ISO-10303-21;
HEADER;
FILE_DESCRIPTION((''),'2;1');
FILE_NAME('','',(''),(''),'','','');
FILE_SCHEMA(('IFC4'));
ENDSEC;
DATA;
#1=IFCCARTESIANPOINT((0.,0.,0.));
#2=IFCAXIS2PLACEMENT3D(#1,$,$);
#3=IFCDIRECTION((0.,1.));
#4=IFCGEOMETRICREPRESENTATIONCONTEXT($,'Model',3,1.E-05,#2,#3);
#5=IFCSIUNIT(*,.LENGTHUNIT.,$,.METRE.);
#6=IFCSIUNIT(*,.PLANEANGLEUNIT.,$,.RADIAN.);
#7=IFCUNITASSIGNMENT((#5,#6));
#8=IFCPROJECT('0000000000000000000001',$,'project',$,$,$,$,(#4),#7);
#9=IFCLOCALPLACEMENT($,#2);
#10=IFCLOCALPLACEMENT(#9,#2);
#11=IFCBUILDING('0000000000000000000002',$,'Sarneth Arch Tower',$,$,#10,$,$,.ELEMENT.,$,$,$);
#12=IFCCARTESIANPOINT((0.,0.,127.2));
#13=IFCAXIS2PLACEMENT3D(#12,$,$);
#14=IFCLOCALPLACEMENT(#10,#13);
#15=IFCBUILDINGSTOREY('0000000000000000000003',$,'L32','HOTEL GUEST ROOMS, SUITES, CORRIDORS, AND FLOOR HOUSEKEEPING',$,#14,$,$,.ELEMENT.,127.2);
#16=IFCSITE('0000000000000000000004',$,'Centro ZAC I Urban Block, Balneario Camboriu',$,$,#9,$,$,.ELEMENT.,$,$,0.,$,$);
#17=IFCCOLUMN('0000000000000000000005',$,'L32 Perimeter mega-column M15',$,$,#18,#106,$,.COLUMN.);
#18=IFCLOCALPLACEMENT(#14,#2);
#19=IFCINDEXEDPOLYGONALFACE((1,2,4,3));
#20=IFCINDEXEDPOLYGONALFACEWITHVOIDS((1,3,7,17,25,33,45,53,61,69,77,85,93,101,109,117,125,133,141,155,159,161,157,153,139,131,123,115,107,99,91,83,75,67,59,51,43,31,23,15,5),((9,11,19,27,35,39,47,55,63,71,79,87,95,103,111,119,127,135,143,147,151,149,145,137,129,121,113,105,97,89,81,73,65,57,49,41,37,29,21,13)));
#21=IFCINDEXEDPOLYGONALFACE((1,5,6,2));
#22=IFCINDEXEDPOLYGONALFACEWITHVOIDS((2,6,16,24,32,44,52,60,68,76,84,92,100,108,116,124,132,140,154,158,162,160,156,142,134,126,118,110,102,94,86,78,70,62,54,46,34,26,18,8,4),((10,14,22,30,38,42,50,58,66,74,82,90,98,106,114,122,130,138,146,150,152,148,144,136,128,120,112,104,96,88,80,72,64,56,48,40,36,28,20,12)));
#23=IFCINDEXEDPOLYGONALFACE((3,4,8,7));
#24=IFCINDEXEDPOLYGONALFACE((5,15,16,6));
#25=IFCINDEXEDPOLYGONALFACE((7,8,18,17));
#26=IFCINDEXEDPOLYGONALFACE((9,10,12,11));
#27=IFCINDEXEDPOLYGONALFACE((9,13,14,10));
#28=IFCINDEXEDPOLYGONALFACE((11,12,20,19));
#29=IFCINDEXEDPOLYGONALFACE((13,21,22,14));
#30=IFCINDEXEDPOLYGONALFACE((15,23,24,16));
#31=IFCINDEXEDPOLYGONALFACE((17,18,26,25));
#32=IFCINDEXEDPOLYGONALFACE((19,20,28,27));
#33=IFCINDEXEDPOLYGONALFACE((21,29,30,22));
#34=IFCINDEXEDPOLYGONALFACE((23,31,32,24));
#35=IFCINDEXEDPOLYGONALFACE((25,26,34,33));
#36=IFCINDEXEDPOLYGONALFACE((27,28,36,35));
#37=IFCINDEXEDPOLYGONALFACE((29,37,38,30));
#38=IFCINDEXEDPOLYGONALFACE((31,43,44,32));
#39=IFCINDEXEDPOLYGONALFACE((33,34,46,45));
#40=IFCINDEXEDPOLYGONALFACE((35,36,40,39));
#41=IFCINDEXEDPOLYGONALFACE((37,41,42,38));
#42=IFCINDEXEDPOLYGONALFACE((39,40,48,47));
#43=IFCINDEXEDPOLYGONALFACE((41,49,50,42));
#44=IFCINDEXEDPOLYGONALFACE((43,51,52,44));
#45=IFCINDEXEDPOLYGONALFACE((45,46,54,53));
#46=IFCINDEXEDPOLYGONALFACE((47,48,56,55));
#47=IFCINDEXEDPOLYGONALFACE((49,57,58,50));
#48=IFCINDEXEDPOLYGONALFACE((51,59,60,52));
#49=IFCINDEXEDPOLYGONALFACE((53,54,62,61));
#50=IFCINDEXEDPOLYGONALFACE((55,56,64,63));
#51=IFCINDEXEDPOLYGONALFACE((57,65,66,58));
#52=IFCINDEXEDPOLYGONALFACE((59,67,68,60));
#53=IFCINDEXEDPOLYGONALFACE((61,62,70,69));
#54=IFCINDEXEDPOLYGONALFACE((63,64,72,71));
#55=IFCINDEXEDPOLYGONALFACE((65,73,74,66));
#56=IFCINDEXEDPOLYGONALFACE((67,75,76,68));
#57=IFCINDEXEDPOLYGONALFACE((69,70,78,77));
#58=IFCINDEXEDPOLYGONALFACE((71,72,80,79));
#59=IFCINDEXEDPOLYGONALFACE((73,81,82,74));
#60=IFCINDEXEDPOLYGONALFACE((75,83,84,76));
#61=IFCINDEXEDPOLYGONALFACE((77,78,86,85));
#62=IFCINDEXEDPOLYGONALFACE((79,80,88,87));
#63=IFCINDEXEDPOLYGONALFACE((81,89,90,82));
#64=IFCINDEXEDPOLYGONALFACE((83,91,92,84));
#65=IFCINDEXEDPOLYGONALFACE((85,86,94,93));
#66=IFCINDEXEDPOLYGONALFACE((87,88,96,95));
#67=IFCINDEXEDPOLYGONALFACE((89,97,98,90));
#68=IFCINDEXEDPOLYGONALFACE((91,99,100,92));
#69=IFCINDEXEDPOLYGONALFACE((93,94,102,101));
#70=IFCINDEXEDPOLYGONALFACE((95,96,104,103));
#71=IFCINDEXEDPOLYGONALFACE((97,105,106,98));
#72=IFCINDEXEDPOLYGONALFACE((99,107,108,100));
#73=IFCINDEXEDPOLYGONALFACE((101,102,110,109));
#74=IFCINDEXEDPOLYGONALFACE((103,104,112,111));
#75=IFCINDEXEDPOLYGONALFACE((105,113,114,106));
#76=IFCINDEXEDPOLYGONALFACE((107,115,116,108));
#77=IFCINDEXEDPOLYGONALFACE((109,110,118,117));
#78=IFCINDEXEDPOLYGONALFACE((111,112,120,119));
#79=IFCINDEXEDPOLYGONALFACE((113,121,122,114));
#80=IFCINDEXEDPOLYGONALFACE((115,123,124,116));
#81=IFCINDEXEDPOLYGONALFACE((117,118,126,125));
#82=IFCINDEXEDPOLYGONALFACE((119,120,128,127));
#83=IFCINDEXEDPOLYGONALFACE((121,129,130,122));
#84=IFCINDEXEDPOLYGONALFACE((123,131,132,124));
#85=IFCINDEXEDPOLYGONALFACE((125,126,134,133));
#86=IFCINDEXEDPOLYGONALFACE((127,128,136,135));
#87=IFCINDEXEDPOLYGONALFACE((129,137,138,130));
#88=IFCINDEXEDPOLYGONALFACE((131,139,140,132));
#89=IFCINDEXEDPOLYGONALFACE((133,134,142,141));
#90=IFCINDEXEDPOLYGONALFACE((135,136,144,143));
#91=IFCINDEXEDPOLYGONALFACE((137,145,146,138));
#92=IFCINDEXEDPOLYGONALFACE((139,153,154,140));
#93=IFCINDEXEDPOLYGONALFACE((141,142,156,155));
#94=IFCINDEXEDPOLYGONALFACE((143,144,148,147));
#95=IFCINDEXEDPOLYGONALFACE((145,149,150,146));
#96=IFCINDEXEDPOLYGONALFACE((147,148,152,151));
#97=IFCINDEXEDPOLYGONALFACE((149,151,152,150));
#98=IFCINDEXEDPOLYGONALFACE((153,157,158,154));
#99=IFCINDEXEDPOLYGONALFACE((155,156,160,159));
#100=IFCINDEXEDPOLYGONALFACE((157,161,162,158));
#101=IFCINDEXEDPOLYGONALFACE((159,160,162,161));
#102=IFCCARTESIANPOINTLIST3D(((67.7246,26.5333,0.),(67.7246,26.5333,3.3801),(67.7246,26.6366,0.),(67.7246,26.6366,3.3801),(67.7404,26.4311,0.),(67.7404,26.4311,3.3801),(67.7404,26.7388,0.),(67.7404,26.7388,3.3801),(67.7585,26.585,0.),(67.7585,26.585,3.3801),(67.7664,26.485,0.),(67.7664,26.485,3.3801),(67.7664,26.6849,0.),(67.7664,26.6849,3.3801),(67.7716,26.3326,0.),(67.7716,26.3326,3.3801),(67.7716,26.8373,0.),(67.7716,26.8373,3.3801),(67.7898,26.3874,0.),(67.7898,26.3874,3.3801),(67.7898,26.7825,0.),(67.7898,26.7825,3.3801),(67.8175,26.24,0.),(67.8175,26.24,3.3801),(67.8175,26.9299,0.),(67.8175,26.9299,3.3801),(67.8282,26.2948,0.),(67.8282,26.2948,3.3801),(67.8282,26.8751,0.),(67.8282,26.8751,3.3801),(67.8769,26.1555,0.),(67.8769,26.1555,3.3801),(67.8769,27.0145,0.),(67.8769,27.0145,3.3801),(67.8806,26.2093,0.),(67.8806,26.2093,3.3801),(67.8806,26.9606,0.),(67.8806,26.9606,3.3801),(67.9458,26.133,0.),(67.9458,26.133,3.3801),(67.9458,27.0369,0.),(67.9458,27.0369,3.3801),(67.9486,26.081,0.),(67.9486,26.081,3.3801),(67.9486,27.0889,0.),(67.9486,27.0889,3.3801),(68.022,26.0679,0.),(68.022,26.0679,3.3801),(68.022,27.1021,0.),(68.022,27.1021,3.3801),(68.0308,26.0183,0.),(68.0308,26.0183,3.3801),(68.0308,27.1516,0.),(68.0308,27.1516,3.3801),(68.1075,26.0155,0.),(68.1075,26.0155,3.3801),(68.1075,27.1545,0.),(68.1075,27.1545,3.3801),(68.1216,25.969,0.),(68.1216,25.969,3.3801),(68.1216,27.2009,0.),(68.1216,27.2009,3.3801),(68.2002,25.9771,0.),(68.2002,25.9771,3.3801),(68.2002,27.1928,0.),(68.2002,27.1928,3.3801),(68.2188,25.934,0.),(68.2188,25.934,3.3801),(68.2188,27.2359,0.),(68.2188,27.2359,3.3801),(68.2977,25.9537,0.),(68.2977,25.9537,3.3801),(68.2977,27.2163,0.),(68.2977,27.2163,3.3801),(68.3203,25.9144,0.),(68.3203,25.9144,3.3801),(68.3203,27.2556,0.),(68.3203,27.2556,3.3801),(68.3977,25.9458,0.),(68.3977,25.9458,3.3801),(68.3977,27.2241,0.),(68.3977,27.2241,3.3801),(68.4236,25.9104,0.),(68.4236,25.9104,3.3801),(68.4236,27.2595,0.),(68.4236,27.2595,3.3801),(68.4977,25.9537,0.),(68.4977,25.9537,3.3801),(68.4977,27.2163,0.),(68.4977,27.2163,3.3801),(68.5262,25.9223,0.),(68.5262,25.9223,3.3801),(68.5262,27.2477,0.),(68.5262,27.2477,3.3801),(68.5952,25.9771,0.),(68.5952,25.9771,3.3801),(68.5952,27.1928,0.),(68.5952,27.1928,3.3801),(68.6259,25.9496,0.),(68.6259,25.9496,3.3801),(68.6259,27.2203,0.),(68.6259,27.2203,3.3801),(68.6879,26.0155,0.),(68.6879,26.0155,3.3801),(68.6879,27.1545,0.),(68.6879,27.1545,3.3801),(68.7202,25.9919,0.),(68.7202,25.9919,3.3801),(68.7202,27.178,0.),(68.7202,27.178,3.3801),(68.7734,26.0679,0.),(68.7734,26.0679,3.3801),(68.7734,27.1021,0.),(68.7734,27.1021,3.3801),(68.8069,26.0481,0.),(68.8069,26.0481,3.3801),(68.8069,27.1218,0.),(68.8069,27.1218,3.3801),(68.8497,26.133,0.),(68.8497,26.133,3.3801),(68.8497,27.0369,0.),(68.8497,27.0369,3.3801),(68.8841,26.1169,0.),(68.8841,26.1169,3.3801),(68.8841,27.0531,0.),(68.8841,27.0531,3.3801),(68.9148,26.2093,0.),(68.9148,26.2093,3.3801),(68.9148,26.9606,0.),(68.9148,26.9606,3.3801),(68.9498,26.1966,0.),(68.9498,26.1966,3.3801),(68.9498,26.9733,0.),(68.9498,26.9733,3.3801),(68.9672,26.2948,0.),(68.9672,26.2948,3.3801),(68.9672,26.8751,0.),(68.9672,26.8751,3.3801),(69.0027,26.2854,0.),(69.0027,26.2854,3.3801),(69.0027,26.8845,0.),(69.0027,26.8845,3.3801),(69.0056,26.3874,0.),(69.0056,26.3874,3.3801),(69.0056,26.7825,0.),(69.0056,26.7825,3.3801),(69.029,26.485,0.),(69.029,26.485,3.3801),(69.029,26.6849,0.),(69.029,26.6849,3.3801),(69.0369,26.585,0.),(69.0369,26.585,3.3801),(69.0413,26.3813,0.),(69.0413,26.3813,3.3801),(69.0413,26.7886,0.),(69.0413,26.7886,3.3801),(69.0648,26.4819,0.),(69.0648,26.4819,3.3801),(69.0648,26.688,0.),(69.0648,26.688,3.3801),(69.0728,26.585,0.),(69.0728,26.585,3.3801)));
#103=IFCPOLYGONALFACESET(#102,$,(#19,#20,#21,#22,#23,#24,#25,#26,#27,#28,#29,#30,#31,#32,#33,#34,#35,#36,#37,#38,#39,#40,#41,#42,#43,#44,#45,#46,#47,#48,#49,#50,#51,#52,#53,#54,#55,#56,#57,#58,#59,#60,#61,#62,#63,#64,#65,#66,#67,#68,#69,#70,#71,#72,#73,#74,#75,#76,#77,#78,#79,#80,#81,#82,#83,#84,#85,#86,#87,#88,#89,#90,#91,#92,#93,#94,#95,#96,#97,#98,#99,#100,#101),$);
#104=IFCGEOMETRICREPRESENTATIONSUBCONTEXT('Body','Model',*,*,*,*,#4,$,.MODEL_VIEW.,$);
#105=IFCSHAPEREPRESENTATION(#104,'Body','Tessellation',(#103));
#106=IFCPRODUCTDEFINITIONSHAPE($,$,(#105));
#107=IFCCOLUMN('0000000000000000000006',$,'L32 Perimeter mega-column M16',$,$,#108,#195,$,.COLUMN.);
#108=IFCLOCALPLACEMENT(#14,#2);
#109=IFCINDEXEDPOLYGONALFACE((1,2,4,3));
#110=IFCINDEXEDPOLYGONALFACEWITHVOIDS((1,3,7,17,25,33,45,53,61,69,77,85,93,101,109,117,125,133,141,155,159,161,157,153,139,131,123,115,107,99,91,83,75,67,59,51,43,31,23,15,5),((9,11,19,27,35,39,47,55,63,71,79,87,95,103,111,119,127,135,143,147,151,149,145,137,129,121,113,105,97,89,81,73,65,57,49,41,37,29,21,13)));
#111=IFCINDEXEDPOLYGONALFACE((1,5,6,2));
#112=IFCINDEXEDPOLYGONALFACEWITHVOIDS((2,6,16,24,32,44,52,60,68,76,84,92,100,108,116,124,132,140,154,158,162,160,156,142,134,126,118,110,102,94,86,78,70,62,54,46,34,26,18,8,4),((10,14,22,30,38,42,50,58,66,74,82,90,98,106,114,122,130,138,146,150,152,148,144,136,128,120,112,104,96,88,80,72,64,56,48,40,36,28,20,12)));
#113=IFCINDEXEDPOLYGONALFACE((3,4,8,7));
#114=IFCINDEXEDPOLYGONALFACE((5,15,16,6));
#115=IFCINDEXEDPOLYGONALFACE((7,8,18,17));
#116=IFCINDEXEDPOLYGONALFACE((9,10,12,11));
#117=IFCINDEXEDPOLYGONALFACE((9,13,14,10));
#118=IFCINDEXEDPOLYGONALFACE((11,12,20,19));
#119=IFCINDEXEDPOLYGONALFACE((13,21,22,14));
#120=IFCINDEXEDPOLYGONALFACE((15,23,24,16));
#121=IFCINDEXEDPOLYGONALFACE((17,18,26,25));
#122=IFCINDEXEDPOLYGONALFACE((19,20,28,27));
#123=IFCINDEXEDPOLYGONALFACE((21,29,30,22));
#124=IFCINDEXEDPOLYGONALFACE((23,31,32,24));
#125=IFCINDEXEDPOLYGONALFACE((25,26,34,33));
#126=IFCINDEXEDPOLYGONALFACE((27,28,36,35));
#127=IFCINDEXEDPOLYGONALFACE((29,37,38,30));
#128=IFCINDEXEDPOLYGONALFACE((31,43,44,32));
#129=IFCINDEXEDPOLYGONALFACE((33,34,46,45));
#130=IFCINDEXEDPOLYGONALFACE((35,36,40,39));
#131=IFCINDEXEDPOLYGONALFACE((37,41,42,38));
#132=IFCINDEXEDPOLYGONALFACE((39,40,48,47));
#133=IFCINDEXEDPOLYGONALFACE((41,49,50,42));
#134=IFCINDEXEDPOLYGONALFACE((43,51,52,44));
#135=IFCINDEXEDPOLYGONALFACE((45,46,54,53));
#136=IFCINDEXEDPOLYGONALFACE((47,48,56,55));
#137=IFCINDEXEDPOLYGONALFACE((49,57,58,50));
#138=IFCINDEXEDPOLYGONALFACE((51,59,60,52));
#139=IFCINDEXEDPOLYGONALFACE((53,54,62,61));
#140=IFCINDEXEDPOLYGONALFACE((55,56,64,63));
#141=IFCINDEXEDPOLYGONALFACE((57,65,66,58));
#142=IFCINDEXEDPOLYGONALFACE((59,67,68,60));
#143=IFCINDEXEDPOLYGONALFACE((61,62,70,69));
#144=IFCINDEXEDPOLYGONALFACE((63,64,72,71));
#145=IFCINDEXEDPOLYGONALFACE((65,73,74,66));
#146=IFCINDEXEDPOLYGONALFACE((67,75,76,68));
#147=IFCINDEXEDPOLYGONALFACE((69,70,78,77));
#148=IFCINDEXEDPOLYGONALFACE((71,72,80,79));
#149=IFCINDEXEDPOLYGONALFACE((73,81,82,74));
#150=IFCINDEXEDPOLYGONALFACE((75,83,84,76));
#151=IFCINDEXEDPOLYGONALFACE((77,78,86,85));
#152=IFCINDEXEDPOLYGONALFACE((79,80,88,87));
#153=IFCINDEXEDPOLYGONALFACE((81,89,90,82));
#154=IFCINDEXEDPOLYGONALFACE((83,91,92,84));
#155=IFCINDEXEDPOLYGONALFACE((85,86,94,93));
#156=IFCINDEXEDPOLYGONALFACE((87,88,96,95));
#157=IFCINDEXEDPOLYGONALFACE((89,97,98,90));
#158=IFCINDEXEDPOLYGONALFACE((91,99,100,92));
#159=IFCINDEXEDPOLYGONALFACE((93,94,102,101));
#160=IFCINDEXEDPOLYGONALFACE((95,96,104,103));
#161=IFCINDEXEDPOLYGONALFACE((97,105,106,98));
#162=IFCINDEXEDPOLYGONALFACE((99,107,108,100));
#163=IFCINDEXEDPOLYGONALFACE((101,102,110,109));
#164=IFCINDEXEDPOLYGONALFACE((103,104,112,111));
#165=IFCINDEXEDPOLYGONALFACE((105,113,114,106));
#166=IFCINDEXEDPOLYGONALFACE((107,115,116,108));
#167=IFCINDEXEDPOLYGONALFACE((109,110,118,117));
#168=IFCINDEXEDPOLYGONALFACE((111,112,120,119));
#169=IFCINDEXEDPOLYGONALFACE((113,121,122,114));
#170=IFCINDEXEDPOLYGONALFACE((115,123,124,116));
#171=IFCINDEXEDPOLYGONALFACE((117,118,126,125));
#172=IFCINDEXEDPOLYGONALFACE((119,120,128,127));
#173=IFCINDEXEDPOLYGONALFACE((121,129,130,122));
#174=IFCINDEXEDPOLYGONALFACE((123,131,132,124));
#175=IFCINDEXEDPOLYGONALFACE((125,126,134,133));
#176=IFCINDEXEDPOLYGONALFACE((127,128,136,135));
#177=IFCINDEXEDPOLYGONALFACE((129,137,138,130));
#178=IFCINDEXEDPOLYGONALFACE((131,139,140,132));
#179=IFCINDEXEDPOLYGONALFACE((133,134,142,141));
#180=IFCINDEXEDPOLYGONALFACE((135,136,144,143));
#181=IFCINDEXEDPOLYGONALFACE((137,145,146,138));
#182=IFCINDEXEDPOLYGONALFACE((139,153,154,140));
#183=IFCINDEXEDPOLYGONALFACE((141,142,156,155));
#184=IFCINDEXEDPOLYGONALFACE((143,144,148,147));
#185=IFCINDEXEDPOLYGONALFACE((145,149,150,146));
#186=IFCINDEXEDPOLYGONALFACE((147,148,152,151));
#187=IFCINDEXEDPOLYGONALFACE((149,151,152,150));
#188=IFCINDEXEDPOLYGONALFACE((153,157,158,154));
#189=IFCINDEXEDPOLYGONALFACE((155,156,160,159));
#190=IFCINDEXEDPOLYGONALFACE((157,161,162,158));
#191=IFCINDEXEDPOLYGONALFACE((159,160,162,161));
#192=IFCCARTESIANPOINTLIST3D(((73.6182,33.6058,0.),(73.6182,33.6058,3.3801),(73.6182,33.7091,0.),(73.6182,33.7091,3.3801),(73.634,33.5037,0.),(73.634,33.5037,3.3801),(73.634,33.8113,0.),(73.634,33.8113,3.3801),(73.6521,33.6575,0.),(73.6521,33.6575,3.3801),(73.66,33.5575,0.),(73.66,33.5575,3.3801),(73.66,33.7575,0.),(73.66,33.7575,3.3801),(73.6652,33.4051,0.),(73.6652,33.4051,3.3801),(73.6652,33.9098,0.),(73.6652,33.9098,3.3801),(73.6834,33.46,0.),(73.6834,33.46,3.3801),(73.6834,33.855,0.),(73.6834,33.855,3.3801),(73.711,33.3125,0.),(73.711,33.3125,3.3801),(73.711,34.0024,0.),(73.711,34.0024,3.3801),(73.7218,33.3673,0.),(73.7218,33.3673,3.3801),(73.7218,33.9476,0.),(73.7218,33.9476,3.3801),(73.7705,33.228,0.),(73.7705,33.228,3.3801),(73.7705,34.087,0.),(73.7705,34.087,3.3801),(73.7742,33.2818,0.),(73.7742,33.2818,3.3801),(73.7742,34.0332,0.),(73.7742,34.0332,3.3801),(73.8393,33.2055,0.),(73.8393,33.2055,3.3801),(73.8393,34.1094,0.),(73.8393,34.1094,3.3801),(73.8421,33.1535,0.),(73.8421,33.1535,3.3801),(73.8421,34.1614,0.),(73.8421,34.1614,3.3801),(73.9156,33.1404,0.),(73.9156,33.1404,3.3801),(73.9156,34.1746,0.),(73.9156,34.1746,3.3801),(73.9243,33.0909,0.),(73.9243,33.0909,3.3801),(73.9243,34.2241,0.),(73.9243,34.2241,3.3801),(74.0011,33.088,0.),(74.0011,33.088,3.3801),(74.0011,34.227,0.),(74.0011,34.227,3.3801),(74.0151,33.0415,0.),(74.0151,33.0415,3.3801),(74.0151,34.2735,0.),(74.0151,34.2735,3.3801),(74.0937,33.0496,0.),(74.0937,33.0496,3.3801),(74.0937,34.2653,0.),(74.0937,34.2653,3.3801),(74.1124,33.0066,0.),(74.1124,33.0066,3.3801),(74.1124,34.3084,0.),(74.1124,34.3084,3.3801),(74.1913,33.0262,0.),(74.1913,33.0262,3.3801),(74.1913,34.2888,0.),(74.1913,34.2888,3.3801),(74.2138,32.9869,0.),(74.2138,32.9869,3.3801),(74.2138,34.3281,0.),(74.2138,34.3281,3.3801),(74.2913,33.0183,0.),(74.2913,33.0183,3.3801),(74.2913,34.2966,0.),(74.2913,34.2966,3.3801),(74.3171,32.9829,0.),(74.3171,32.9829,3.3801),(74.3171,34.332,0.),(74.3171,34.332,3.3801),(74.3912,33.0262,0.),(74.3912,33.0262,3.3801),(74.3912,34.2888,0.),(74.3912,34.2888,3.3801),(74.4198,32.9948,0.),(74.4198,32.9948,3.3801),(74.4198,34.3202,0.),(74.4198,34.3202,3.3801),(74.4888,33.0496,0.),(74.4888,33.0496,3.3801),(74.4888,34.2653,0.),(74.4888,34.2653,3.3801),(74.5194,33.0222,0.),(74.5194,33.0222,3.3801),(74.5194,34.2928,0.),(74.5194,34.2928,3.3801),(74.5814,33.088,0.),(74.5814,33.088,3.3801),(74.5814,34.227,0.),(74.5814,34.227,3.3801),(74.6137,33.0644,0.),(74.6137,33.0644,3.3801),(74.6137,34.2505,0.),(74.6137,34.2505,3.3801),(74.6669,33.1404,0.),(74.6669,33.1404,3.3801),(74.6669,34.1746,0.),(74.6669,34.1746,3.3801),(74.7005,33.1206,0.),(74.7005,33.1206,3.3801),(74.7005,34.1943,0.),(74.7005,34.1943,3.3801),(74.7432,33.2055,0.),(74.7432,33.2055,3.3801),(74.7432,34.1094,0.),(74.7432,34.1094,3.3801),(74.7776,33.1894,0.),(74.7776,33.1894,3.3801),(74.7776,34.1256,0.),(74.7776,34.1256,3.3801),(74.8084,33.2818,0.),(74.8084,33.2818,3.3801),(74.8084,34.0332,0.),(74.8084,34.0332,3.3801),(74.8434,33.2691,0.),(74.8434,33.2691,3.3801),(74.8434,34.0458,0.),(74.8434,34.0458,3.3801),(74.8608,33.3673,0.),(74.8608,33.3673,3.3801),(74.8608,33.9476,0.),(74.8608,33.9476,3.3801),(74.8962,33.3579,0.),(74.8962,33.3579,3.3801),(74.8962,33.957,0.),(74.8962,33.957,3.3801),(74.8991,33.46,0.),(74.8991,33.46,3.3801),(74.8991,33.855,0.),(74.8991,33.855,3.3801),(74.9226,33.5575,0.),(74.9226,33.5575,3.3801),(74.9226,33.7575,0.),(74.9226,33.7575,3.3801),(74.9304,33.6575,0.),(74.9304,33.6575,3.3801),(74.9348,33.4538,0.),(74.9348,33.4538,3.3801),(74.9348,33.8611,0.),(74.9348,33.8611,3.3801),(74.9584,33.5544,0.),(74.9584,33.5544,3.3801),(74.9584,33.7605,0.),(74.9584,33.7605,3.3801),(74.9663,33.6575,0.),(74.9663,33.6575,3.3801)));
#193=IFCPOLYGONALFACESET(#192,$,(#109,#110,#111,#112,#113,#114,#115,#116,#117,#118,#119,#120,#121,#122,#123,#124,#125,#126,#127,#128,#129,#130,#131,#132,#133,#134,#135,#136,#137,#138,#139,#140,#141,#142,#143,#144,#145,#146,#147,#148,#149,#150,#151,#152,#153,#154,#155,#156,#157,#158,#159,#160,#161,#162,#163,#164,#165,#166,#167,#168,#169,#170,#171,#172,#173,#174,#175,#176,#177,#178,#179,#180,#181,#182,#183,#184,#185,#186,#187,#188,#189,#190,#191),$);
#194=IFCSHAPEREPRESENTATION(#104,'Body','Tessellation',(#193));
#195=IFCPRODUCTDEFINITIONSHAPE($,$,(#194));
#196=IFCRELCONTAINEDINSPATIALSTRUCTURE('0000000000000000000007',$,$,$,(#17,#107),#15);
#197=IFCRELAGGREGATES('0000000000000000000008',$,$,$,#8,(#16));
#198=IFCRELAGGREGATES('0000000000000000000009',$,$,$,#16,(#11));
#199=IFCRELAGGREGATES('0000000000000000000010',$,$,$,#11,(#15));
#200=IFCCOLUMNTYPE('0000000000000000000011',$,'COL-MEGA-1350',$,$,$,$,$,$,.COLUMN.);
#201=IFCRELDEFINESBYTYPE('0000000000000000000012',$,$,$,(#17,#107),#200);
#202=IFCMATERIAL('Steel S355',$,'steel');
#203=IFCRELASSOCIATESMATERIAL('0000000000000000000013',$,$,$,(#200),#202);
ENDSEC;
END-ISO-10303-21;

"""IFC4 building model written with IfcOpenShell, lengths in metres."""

from ifc_helpers import new_model, si_unit, direction, frame, origin, origin_2d, place, context, subcontext, project, spatial, hollow_circle, extrude, material, material_profile, profile_set, type_object, element, save


model = new_model("IFC4")

# Units and contexts
model_context = context("Model", 3, precision=1e-05, world=origin(), true_north=direction((0.0, 1.0)))
body_context = subcontext(model_context, "Body", "Model", "MODEL_VIEW")
ifc_project = project(units=[si_unit("LENGTHUNIT", "METRE"), si_unit("PLANEANGLEUNIT", "RADIAN")], contexts=[model_context])

# Site, building, storey
site_placement = place(None, origin())
site = spatial("IfcSite", under=ifc_project, at=site_placement, Name="Centro ZAC I Urban Block, Balneario Camboriu", CompositionType="ELEMENT", RefElevation=0.0)
building_placement = place(site_placement, origin())
building = spatial("IfcBuilding", under=site, at=building_placement, Name="Sarneth Arch Tower", CompositionType="ELEMENT")
storey_placement = place(building_placement, frame((0.0, 0.0, 127.2)))
storey = spatial("IfcBuildingStorey", under=building, at=storey_placement, Name="L32", Description="HOTEL GUEST ROOMS, SUITES, CORRIDORS, AND FLOOR HOUSEKEEPING", CompositionType="ELEMENT", Elevation=127.2)

# Columns
ifc_material_1 = material(Name="Steel S355", Category="steel")
ifc_material_profile_1 = material_profile(ifc_material_1, hollow_circle(Radius=0.675, WallThickness=0.0359, at=origin_2d()), Name="CHS1350x36")
ifc_profile_set_1 = profile_set([ifc_material_profile_1], Name="Steel S355")
column_type = type_object("IfcColumnType", Name="COL-MEGA-1350", PredefinedType="COLUMN", material=ifc_profile_set_1)
for number, where, z_axis, x_axis, name in (
    (1, (68.3977, 26.585, 0.0), (0.0, 0.0, 1.0), (1.0, 0.0, 0.0), "L32 Perimeter mega-column M15"),
    (2, (74.2913, 33.6575, 0.0), (0.0, 0.0, 1.0), (1.0, 0.0, 0.0), "L32 Perimeter mega-column M16"),
):
    element("IfcColumn", number, at=place(storey_placement, frame(where, z_axis=z_axis, x_axis=x_axis)), inside=storey, type_object=column_type, Name=name, PredefinedType="COLUMN", context=body_context, shape_type="SweptSolid", body=[
        extrude(hollow_circle(Radius=0.675, WallThickness=0.0359, at=origin_2d()), origin(), (0.0, 0.0, 1.0), 3.3801),
    ])

save(model, "model.ifc")
